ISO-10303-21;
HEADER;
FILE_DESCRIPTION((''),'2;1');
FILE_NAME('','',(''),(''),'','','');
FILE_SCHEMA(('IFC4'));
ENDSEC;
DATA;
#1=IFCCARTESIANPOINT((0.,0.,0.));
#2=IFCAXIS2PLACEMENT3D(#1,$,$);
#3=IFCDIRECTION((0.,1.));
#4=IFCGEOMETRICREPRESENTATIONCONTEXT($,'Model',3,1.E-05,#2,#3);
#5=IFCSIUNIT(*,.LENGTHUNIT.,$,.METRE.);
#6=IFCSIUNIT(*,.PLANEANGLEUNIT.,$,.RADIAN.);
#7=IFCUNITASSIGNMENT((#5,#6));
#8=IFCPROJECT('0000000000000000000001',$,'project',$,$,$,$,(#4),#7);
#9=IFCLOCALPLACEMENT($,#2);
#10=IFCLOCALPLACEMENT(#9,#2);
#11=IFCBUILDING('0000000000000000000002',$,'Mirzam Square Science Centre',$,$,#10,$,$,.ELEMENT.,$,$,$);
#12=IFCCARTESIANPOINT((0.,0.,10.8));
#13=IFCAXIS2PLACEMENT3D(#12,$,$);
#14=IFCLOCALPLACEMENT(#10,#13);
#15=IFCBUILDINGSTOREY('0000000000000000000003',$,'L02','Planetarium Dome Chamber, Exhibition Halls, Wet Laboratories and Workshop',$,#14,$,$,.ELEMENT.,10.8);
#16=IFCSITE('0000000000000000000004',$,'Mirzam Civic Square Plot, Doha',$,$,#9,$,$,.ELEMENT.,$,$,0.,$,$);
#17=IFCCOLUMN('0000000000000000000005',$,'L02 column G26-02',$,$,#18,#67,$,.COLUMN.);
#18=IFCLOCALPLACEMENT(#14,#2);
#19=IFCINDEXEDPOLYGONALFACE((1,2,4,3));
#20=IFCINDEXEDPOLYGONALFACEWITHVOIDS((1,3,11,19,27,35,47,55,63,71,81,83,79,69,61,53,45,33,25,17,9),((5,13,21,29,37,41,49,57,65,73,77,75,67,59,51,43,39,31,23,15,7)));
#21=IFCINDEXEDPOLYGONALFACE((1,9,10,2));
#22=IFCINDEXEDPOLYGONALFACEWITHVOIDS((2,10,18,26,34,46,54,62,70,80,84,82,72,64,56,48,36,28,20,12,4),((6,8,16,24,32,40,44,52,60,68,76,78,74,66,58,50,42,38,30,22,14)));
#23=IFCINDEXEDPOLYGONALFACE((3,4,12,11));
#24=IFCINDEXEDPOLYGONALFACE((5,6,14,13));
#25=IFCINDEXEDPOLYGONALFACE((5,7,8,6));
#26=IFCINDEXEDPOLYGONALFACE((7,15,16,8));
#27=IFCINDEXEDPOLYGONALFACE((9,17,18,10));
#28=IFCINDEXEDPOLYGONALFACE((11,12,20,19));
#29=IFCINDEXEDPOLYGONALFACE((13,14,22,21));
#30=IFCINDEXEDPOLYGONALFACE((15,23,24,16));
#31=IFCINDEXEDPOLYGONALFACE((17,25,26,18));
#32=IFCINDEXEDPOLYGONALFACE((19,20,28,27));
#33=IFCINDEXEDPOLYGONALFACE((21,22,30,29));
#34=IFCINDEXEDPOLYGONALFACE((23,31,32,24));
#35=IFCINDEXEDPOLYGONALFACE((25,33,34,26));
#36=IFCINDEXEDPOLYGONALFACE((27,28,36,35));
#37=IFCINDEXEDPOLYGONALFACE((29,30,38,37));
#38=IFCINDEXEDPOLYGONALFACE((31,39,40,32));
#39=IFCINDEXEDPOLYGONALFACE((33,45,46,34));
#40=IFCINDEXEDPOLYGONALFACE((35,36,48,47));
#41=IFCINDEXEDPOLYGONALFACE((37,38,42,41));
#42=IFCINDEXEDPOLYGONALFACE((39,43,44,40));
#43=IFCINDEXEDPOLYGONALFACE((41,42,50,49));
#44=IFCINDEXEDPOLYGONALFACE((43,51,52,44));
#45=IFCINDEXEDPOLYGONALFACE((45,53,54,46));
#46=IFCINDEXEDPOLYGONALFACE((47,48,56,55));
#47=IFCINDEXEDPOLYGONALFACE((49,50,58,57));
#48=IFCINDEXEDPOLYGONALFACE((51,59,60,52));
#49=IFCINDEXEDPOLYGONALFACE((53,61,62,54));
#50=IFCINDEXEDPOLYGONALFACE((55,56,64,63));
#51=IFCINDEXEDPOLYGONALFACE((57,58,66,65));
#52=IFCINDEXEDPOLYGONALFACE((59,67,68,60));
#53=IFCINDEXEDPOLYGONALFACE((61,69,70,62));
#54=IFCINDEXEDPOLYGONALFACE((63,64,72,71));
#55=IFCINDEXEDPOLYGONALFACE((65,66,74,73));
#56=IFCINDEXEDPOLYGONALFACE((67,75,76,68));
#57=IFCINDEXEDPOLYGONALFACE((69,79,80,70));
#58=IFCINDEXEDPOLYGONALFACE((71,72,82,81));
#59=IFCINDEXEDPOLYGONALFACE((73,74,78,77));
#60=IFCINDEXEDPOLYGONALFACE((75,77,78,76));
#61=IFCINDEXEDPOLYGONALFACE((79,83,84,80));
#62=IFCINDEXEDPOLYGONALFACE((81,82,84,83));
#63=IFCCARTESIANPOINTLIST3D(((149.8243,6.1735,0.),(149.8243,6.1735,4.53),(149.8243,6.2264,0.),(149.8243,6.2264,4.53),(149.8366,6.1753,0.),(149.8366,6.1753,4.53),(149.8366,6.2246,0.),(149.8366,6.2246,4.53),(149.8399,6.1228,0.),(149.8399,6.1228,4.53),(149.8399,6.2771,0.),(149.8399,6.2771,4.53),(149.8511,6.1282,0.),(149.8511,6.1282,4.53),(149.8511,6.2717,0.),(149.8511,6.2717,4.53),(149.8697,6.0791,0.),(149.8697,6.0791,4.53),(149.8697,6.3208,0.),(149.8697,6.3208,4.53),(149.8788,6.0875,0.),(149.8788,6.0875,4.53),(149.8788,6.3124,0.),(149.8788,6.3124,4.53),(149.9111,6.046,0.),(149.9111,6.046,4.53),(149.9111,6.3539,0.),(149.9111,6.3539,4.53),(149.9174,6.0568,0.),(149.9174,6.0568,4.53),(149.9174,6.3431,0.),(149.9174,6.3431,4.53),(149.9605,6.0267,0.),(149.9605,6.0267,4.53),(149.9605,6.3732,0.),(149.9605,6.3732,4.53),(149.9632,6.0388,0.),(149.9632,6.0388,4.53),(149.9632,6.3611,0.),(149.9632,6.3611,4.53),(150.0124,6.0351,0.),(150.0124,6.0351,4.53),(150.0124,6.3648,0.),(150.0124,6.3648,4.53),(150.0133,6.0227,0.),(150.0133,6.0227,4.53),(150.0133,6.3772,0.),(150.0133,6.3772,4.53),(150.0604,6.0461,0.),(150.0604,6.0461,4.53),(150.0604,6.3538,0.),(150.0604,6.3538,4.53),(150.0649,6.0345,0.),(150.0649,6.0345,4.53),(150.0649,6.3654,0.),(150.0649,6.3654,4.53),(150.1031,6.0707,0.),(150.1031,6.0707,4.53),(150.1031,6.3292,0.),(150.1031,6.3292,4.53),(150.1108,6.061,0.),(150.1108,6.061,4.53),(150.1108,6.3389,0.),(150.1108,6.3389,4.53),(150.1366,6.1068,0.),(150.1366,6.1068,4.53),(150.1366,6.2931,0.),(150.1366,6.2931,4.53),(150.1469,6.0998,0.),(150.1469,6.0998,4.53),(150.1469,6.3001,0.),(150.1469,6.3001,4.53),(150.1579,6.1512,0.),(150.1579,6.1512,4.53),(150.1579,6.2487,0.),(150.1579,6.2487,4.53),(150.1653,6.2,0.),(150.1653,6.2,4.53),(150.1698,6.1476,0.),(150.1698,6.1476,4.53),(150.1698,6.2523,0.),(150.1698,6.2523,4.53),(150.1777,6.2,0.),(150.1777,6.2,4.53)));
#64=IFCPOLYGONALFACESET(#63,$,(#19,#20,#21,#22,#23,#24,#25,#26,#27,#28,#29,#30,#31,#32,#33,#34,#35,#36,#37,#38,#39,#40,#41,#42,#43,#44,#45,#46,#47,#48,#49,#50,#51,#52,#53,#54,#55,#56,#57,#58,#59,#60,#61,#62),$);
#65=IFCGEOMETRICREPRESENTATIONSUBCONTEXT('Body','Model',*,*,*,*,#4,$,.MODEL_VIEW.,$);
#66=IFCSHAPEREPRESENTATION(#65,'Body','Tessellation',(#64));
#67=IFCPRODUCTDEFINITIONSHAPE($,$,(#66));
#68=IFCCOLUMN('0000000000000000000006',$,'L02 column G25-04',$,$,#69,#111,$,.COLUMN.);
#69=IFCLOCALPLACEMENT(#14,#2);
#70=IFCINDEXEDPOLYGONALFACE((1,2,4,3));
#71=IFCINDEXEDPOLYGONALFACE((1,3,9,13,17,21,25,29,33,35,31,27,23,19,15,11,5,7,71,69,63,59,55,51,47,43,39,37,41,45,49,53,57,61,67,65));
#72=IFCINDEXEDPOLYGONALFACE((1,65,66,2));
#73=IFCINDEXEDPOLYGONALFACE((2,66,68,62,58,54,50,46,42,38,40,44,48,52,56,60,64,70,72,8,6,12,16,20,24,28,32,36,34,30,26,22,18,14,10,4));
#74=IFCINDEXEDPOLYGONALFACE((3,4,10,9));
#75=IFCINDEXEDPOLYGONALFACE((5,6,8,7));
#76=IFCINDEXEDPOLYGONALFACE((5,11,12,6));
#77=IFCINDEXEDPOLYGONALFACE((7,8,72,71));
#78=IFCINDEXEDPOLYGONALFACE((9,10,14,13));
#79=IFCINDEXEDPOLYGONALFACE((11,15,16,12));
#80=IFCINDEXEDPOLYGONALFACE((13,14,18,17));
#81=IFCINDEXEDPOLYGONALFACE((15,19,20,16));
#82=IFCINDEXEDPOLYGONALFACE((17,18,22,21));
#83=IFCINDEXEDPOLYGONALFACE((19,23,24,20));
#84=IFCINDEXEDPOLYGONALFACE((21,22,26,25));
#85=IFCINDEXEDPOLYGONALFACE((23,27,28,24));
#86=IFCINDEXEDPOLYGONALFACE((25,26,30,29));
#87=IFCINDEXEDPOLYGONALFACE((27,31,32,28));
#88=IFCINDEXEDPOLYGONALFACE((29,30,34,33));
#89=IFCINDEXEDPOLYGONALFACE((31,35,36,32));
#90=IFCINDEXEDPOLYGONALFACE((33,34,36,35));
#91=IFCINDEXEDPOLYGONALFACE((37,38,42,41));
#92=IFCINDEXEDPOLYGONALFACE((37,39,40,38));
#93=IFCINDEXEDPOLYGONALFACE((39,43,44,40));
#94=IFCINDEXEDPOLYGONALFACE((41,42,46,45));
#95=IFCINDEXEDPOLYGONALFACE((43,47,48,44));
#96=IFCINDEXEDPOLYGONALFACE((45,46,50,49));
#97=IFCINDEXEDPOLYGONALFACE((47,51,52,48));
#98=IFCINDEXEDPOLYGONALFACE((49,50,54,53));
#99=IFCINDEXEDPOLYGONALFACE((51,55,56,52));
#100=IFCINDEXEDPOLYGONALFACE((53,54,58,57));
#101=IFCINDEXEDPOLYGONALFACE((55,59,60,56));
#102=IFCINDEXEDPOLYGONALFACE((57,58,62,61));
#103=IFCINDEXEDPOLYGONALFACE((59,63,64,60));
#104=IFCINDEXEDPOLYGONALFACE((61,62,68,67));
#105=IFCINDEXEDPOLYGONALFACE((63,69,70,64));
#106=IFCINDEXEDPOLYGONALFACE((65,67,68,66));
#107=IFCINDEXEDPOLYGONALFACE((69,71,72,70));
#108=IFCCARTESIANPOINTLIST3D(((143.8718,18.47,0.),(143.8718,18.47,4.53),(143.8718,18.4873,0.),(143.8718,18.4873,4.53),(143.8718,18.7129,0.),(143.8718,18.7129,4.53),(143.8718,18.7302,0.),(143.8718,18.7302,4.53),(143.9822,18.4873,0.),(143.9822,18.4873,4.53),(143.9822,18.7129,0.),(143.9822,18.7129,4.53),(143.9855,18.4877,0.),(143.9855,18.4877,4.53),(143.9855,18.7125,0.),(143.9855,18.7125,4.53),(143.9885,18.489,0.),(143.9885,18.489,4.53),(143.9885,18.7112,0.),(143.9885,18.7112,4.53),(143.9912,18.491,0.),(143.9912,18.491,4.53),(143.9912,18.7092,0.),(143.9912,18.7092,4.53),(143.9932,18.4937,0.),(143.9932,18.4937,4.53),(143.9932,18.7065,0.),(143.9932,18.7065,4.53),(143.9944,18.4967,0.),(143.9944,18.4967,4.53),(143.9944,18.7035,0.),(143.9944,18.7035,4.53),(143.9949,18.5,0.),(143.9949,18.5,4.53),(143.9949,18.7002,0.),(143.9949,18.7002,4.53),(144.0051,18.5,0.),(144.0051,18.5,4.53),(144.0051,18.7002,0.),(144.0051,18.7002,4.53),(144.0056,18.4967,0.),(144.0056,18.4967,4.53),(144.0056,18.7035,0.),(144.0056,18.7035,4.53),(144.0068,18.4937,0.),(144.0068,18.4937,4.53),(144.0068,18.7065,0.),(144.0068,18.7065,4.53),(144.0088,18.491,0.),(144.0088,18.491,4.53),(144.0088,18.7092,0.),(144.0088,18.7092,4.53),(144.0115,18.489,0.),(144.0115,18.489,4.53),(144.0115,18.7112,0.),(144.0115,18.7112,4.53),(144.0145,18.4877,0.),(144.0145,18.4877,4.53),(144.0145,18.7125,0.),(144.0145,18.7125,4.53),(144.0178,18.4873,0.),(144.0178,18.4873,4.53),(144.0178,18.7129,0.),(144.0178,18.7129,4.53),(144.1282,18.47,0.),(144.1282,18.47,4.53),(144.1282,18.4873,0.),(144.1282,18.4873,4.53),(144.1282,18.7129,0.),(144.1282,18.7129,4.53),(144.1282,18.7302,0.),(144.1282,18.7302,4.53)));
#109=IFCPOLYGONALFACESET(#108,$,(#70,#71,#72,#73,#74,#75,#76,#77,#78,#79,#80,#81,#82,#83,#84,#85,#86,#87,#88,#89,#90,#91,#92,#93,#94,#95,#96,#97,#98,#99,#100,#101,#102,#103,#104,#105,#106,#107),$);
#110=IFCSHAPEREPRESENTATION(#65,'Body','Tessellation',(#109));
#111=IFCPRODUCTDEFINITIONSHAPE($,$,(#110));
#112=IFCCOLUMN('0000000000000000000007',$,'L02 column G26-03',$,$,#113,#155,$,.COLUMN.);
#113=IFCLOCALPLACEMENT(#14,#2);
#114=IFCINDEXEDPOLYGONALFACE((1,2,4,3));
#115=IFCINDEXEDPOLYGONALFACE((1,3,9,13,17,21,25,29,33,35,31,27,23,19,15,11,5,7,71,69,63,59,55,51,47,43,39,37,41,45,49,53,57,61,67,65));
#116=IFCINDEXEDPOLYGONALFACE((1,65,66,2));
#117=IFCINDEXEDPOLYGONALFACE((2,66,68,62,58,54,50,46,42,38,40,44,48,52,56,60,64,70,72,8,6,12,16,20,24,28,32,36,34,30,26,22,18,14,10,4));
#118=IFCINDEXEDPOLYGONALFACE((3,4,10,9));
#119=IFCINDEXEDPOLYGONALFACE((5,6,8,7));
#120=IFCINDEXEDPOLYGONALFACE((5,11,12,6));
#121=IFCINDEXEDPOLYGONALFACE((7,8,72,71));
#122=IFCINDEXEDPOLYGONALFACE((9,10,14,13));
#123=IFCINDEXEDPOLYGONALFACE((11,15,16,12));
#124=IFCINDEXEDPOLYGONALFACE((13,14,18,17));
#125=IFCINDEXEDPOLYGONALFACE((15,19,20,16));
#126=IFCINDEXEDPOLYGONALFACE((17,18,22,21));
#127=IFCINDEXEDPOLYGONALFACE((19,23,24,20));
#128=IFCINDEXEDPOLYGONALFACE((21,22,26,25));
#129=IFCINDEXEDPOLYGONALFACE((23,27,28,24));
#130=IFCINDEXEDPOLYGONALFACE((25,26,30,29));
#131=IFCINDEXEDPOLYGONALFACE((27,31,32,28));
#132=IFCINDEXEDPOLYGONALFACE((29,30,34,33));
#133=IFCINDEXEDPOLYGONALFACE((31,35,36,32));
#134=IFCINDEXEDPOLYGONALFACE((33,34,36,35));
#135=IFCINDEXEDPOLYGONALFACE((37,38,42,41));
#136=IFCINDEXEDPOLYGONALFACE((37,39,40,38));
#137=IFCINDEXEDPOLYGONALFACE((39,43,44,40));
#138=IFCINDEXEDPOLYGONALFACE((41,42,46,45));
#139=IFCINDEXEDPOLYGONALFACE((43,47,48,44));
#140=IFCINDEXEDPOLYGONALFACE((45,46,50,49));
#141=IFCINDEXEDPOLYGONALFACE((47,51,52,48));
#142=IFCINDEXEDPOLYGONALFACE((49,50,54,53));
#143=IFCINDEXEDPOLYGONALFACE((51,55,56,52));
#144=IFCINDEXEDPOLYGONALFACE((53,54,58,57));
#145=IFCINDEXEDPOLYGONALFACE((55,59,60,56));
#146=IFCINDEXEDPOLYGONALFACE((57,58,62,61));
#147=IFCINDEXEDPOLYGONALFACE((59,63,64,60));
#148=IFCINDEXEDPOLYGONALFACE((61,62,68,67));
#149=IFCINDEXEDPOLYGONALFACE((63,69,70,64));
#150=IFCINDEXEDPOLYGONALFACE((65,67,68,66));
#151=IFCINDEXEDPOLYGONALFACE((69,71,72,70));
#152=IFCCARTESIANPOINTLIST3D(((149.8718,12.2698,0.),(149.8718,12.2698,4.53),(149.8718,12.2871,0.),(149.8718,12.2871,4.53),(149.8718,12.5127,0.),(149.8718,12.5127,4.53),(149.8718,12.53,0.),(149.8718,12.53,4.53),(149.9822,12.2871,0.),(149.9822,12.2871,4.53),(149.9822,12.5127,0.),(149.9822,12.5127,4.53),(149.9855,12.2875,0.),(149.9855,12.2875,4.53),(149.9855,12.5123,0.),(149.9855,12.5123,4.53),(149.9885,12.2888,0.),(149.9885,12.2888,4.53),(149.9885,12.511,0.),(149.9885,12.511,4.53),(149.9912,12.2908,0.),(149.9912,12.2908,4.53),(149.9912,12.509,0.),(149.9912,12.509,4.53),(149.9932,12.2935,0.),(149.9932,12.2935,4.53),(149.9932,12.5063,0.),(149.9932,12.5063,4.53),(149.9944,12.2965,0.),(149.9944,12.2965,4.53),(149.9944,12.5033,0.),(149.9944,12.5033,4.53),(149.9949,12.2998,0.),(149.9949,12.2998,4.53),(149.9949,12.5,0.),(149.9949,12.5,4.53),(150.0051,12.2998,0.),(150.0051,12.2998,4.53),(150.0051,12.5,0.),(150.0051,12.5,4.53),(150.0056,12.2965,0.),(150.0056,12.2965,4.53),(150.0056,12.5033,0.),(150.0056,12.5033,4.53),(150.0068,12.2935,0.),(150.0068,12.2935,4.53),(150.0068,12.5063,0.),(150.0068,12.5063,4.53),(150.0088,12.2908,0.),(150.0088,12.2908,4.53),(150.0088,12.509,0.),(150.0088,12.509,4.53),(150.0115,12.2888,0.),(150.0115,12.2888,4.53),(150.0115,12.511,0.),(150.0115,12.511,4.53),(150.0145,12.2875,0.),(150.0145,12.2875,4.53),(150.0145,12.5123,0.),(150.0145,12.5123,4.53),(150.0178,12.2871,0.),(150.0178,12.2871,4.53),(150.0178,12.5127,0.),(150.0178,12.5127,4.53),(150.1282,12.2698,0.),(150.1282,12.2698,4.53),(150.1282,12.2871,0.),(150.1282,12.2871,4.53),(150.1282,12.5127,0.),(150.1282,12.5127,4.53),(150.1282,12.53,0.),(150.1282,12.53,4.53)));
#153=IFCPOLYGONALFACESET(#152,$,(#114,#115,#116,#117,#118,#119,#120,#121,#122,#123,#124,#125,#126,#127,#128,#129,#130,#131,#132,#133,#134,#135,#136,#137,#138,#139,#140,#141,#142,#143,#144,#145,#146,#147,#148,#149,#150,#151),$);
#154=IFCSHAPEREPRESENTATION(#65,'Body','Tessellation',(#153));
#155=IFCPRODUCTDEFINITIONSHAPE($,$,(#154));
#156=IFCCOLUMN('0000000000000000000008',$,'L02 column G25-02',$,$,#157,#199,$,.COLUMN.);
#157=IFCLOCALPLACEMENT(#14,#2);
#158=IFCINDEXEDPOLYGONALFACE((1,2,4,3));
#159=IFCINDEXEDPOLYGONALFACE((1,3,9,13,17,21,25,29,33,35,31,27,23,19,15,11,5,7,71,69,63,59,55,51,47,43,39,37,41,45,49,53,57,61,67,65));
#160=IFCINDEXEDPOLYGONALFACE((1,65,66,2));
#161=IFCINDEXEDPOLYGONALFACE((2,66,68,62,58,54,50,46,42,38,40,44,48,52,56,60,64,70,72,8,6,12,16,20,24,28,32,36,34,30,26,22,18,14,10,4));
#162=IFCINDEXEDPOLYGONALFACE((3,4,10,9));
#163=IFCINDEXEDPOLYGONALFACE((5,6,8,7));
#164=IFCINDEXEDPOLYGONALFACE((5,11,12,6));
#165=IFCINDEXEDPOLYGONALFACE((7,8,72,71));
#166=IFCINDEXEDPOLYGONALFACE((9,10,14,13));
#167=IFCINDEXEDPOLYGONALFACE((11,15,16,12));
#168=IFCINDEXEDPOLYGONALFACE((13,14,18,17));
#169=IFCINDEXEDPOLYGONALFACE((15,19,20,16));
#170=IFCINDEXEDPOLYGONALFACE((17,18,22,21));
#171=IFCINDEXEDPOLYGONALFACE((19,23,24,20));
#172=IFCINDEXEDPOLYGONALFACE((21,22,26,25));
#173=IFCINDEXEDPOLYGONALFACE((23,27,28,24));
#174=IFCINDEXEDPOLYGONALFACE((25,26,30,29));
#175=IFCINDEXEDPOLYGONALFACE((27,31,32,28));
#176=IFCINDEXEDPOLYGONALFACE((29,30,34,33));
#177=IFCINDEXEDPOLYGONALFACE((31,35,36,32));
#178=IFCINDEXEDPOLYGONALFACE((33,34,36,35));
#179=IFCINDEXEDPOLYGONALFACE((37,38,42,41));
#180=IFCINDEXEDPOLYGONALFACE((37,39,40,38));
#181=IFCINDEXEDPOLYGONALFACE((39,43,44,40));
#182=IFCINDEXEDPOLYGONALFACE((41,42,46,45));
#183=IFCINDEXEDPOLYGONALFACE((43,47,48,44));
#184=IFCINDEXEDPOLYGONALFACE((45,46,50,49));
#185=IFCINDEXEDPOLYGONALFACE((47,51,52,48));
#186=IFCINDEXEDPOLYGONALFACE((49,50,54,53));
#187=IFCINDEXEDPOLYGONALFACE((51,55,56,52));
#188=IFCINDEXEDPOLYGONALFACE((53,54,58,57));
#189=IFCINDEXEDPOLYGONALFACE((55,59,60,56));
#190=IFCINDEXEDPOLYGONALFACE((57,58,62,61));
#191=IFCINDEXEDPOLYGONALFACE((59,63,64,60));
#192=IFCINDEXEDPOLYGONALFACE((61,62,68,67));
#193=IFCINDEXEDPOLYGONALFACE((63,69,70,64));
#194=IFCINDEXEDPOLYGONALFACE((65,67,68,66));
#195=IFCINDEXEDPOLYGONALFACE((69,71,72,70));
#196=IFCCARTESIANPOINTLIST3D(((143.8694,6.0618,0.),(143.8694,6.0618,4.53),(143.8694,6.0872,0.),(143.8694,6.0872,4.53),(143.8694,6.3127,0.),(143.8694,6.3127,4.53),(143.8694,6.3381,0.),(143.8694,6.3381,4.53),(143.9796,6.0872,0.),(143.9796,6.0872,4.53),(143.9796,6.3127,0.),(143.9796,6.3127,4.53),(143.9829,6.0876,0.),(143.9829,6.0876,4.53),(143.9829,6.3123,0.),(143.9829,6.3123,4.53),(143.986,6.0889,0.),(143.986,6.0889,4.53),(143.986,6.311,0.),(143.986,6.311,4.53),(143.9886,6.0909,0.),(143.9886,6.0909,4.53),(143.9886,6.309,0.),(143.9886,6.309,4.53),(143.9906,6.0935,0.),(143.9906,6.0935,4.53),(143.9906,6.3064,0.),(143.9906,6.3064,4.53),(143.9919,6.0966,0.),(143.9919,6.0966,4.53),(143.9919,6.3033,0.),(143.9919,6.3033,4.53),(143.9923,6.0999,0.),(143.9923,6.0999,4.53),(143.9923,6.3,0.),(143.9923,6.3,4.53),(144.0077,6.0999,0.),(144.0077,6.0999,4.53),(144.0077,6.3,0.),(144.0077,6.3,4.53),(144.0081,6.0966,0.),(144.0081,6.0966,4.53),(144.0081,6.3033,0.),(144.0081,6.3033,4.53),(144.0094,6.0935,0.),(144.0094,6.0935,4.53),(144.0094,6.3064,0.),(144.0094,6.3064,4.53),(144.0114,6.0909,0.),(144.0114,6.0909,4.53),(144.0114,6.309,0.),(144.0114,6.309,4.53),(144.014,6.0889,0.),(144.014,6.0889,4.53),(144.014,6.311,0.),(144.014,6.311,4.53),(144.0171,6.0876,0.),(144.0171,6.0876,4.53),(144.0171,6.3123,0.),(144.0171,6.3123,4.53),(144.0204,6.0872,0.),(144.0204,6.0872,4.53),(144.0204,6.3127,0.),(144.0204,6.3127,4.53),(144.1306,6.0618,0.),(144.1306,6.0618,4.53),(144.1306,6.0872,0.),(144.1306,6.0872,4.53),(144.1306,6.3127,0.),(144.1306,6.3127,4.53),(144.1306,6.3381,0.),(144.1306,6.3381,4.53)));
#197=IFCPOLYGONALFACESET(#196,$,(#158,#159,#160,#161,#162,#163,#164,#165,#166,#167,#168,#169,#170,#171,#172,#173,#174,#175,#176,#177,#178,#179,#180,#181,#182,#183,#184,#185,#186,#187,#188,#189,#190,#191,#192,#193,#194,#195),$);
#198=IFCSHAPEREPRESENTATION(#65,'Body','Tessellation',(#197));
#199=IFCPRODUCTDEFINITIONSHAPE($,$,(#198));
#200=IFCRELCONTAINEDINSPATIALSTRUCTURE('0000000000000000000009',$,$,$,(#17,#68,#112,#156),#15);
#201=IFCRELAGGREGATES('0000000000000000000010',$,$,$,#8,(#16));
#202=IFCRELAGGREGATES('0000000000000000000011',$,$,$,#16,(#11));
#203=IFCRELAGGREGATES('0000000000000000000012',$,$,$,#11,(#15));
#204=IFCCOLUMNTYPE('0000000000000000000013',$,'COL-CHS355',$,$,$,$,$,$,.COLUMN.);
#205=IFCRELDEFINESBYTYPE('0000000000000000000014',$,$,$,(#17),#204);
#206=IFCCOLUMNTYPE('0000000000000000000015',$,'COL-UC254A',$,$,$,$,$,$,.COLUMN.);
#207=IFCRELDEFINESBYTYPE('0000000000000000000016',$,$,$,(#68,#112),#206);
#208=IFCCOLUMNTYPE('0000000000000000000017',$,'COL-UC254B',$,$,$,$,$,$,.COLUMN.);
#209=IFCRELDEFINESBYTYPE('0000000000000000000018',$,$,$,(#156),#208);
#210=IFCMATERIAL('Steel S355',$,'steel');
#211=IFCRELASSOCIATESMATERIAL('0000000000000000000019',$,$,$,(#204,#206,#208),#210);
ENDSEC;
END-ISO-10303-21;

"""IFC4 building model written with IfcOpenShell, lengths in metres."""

from ifc_helpers import new_model, si_unit, direction, frame, origin, origin_2d, place, context, subcontext, project, spatial, hollow_circle, i_section, extrude, material, material_profile, profile_set, type_object, element, save


model = new_model("IFC4")

# Units and contexts
model_context = context("Model", 3, precision=1e-05, world=origin(), true_north=direction((0.0, 1.0)))
body_context = subcontext(model_context, "Body", "Model", "MODEL_VIEW")
ifc_project = project(units=[si_unit("LENGTHUNIT", "METRE"), si_unit("PLANEANGLEUNIT", "RADIAN")], contexts=[model_context])

# Site, building, storey
site_placement = place(None, origin())
site = spatial("IfcSite", under=ifc_project, at=site_placement, Name="Mirzam Civic Square Plot, Doha", CompositionType="ELEMENT", RefElevation=0.0)
building_placement = place(site_placement, origin())
building = spatial("IfcBuilding", under=site, at=building_placement, Name="Mirzam Square Science Centre", CompositionType="ELEMENT")
storey_placement = place(building_placement, frame((0.0, 0.0, 10.8)))
storey = spatial("IfcBuildingStorey", under=building, at=storey_placement, Name="L02", Description="Planetarium Dome Chamber, Exhibition Halls, Wet Laboratories and Workshop", CompositionType="ELEMENT", Elevation=10.8)

# Columns
ifc_material_1 = material(Name="Steel S355", Category="steel")
ifc_material_profile_1 = material_profile(ifc_material_1, hollow_circle(Radius=0.1777, WallThickness=0.0125, at=origin_2d()), Name="355.6x12.5CHS")
ifc_profile_set_1 = profile_set([ifc_material_profile_1], Name="Steel S355")
column_type_1 = type_object("IfcColumnType", Name="COL-CHS355", PredefinedType="COLUMN", material=ifc_profile_set_1)
column_placement = place(storey_placement, frame((150.0, 6.2, 0.0), z_axis=(0.0, 0.0, 1.0), x_axis=(1.0, 0.0, 0.0)))
element("IfcColumn", 1, at=column_placement, inside=storey, type_object=column_type_1, Name="L02 column G26-02", PredefinedType="COLUMN", context=body_context, shape_type="SweptSolid", body=[
    extrude(hollow_circle(Radius=0.1777, WallThickness=0.0125, at=origin_2d()), origin(), (0.0, 0.0, 1.0), 4.53),
])
ifc_material_profile_2 = material_profile(ifc_material_1, i_section(OverallWidth=0.2563, OverallDepth=0.2603, WebThickness=0.0103, FlangeThickness=0.0173, FilletRadius=0.0127, at=origin_2d()), Name="254x254x89UC")
ifc_profile_set_2 = profile_set([ifc_material_profile_2], Name="Steel S355")
column_type_2 = type_object("IfcColumnType", Name="COL-UC254A", PredefinedType="COLUMN", material=ifc_profile_set_2)
for number, where, z_axis, x_axis, name in (
    (2, (144.0, 18.6001, 0.0), (0.0, 0.0, 1.0), (1.0, 0.0, 0.0), "L02 column G25-04"),
    (3, (150.0, 12.3999, 0.0), (0.0, 0.0, 1.0), (1.0, 0.0, 0.0), "L02 column G26-03"),
):
    element("IfcColumn", number, at=place(storey_placement, frame(where, z_axis=z_axis, x_axis=x_axis)), inside=storey, type_object=column_type_2, Name=name, PredefinedType="COLUMN", context=body_context, shape_type="SweptSolid", body=[
        extrude(i_section(OverallWidth=0.2563, OverallDepth=0.2603, WebThickness=0.0103, FlangeThickness=0.0173, FilletRadius=0.0127, at=origin_2d()), origin(), (0.0, 0.0, 1.0), 4.53),
    ])
ifc_material_profile_3 = material_profile(ifc_material_1, i_section(OverallWidth=0.2612, OverallDepth=0.2764, WebThickness=0.0154, FlangeThickness=0.0254, FilletRadius=0.0127, at=origin_2d()), Name="254x254x132UC")
ifc_profile_set_3 = profile_set([ifc_material_profile_3], Name="Steel S355")
column_type_3 = type_object("IfcColumnType", Name="COL-UC254B", PredefinedType="COLUMN", material=ifc_profile_set_3)
for number, where, z_axis, x_axis, name in (
    (4, (144.0, 6.2, 0.0), (0.0, 0.0, 1.0), (1.0, 0.0, 0.0), "L02 column G25-02"),
):
    element("IfcColumn", number, at=place(storey_placement, frame(where, z_axis=z_axis, x_axis=x_axis)), inside=storey, type_object=column_type_3, Name=name, PredefinedType="COLUMN", context=body_context, shape_type="SweptSolid", body=[
        extrude(i_section(OverallWidth=0.2612, OverallDepth=0.2764, WebThickness=0.0154, FlangeThickness=0.0254, FilletRadius=0.0127, at=origin_2d()), origin(), (0.0, 0.0, 1.0), 4.53),
    ])

save(model, "model.ifc")
